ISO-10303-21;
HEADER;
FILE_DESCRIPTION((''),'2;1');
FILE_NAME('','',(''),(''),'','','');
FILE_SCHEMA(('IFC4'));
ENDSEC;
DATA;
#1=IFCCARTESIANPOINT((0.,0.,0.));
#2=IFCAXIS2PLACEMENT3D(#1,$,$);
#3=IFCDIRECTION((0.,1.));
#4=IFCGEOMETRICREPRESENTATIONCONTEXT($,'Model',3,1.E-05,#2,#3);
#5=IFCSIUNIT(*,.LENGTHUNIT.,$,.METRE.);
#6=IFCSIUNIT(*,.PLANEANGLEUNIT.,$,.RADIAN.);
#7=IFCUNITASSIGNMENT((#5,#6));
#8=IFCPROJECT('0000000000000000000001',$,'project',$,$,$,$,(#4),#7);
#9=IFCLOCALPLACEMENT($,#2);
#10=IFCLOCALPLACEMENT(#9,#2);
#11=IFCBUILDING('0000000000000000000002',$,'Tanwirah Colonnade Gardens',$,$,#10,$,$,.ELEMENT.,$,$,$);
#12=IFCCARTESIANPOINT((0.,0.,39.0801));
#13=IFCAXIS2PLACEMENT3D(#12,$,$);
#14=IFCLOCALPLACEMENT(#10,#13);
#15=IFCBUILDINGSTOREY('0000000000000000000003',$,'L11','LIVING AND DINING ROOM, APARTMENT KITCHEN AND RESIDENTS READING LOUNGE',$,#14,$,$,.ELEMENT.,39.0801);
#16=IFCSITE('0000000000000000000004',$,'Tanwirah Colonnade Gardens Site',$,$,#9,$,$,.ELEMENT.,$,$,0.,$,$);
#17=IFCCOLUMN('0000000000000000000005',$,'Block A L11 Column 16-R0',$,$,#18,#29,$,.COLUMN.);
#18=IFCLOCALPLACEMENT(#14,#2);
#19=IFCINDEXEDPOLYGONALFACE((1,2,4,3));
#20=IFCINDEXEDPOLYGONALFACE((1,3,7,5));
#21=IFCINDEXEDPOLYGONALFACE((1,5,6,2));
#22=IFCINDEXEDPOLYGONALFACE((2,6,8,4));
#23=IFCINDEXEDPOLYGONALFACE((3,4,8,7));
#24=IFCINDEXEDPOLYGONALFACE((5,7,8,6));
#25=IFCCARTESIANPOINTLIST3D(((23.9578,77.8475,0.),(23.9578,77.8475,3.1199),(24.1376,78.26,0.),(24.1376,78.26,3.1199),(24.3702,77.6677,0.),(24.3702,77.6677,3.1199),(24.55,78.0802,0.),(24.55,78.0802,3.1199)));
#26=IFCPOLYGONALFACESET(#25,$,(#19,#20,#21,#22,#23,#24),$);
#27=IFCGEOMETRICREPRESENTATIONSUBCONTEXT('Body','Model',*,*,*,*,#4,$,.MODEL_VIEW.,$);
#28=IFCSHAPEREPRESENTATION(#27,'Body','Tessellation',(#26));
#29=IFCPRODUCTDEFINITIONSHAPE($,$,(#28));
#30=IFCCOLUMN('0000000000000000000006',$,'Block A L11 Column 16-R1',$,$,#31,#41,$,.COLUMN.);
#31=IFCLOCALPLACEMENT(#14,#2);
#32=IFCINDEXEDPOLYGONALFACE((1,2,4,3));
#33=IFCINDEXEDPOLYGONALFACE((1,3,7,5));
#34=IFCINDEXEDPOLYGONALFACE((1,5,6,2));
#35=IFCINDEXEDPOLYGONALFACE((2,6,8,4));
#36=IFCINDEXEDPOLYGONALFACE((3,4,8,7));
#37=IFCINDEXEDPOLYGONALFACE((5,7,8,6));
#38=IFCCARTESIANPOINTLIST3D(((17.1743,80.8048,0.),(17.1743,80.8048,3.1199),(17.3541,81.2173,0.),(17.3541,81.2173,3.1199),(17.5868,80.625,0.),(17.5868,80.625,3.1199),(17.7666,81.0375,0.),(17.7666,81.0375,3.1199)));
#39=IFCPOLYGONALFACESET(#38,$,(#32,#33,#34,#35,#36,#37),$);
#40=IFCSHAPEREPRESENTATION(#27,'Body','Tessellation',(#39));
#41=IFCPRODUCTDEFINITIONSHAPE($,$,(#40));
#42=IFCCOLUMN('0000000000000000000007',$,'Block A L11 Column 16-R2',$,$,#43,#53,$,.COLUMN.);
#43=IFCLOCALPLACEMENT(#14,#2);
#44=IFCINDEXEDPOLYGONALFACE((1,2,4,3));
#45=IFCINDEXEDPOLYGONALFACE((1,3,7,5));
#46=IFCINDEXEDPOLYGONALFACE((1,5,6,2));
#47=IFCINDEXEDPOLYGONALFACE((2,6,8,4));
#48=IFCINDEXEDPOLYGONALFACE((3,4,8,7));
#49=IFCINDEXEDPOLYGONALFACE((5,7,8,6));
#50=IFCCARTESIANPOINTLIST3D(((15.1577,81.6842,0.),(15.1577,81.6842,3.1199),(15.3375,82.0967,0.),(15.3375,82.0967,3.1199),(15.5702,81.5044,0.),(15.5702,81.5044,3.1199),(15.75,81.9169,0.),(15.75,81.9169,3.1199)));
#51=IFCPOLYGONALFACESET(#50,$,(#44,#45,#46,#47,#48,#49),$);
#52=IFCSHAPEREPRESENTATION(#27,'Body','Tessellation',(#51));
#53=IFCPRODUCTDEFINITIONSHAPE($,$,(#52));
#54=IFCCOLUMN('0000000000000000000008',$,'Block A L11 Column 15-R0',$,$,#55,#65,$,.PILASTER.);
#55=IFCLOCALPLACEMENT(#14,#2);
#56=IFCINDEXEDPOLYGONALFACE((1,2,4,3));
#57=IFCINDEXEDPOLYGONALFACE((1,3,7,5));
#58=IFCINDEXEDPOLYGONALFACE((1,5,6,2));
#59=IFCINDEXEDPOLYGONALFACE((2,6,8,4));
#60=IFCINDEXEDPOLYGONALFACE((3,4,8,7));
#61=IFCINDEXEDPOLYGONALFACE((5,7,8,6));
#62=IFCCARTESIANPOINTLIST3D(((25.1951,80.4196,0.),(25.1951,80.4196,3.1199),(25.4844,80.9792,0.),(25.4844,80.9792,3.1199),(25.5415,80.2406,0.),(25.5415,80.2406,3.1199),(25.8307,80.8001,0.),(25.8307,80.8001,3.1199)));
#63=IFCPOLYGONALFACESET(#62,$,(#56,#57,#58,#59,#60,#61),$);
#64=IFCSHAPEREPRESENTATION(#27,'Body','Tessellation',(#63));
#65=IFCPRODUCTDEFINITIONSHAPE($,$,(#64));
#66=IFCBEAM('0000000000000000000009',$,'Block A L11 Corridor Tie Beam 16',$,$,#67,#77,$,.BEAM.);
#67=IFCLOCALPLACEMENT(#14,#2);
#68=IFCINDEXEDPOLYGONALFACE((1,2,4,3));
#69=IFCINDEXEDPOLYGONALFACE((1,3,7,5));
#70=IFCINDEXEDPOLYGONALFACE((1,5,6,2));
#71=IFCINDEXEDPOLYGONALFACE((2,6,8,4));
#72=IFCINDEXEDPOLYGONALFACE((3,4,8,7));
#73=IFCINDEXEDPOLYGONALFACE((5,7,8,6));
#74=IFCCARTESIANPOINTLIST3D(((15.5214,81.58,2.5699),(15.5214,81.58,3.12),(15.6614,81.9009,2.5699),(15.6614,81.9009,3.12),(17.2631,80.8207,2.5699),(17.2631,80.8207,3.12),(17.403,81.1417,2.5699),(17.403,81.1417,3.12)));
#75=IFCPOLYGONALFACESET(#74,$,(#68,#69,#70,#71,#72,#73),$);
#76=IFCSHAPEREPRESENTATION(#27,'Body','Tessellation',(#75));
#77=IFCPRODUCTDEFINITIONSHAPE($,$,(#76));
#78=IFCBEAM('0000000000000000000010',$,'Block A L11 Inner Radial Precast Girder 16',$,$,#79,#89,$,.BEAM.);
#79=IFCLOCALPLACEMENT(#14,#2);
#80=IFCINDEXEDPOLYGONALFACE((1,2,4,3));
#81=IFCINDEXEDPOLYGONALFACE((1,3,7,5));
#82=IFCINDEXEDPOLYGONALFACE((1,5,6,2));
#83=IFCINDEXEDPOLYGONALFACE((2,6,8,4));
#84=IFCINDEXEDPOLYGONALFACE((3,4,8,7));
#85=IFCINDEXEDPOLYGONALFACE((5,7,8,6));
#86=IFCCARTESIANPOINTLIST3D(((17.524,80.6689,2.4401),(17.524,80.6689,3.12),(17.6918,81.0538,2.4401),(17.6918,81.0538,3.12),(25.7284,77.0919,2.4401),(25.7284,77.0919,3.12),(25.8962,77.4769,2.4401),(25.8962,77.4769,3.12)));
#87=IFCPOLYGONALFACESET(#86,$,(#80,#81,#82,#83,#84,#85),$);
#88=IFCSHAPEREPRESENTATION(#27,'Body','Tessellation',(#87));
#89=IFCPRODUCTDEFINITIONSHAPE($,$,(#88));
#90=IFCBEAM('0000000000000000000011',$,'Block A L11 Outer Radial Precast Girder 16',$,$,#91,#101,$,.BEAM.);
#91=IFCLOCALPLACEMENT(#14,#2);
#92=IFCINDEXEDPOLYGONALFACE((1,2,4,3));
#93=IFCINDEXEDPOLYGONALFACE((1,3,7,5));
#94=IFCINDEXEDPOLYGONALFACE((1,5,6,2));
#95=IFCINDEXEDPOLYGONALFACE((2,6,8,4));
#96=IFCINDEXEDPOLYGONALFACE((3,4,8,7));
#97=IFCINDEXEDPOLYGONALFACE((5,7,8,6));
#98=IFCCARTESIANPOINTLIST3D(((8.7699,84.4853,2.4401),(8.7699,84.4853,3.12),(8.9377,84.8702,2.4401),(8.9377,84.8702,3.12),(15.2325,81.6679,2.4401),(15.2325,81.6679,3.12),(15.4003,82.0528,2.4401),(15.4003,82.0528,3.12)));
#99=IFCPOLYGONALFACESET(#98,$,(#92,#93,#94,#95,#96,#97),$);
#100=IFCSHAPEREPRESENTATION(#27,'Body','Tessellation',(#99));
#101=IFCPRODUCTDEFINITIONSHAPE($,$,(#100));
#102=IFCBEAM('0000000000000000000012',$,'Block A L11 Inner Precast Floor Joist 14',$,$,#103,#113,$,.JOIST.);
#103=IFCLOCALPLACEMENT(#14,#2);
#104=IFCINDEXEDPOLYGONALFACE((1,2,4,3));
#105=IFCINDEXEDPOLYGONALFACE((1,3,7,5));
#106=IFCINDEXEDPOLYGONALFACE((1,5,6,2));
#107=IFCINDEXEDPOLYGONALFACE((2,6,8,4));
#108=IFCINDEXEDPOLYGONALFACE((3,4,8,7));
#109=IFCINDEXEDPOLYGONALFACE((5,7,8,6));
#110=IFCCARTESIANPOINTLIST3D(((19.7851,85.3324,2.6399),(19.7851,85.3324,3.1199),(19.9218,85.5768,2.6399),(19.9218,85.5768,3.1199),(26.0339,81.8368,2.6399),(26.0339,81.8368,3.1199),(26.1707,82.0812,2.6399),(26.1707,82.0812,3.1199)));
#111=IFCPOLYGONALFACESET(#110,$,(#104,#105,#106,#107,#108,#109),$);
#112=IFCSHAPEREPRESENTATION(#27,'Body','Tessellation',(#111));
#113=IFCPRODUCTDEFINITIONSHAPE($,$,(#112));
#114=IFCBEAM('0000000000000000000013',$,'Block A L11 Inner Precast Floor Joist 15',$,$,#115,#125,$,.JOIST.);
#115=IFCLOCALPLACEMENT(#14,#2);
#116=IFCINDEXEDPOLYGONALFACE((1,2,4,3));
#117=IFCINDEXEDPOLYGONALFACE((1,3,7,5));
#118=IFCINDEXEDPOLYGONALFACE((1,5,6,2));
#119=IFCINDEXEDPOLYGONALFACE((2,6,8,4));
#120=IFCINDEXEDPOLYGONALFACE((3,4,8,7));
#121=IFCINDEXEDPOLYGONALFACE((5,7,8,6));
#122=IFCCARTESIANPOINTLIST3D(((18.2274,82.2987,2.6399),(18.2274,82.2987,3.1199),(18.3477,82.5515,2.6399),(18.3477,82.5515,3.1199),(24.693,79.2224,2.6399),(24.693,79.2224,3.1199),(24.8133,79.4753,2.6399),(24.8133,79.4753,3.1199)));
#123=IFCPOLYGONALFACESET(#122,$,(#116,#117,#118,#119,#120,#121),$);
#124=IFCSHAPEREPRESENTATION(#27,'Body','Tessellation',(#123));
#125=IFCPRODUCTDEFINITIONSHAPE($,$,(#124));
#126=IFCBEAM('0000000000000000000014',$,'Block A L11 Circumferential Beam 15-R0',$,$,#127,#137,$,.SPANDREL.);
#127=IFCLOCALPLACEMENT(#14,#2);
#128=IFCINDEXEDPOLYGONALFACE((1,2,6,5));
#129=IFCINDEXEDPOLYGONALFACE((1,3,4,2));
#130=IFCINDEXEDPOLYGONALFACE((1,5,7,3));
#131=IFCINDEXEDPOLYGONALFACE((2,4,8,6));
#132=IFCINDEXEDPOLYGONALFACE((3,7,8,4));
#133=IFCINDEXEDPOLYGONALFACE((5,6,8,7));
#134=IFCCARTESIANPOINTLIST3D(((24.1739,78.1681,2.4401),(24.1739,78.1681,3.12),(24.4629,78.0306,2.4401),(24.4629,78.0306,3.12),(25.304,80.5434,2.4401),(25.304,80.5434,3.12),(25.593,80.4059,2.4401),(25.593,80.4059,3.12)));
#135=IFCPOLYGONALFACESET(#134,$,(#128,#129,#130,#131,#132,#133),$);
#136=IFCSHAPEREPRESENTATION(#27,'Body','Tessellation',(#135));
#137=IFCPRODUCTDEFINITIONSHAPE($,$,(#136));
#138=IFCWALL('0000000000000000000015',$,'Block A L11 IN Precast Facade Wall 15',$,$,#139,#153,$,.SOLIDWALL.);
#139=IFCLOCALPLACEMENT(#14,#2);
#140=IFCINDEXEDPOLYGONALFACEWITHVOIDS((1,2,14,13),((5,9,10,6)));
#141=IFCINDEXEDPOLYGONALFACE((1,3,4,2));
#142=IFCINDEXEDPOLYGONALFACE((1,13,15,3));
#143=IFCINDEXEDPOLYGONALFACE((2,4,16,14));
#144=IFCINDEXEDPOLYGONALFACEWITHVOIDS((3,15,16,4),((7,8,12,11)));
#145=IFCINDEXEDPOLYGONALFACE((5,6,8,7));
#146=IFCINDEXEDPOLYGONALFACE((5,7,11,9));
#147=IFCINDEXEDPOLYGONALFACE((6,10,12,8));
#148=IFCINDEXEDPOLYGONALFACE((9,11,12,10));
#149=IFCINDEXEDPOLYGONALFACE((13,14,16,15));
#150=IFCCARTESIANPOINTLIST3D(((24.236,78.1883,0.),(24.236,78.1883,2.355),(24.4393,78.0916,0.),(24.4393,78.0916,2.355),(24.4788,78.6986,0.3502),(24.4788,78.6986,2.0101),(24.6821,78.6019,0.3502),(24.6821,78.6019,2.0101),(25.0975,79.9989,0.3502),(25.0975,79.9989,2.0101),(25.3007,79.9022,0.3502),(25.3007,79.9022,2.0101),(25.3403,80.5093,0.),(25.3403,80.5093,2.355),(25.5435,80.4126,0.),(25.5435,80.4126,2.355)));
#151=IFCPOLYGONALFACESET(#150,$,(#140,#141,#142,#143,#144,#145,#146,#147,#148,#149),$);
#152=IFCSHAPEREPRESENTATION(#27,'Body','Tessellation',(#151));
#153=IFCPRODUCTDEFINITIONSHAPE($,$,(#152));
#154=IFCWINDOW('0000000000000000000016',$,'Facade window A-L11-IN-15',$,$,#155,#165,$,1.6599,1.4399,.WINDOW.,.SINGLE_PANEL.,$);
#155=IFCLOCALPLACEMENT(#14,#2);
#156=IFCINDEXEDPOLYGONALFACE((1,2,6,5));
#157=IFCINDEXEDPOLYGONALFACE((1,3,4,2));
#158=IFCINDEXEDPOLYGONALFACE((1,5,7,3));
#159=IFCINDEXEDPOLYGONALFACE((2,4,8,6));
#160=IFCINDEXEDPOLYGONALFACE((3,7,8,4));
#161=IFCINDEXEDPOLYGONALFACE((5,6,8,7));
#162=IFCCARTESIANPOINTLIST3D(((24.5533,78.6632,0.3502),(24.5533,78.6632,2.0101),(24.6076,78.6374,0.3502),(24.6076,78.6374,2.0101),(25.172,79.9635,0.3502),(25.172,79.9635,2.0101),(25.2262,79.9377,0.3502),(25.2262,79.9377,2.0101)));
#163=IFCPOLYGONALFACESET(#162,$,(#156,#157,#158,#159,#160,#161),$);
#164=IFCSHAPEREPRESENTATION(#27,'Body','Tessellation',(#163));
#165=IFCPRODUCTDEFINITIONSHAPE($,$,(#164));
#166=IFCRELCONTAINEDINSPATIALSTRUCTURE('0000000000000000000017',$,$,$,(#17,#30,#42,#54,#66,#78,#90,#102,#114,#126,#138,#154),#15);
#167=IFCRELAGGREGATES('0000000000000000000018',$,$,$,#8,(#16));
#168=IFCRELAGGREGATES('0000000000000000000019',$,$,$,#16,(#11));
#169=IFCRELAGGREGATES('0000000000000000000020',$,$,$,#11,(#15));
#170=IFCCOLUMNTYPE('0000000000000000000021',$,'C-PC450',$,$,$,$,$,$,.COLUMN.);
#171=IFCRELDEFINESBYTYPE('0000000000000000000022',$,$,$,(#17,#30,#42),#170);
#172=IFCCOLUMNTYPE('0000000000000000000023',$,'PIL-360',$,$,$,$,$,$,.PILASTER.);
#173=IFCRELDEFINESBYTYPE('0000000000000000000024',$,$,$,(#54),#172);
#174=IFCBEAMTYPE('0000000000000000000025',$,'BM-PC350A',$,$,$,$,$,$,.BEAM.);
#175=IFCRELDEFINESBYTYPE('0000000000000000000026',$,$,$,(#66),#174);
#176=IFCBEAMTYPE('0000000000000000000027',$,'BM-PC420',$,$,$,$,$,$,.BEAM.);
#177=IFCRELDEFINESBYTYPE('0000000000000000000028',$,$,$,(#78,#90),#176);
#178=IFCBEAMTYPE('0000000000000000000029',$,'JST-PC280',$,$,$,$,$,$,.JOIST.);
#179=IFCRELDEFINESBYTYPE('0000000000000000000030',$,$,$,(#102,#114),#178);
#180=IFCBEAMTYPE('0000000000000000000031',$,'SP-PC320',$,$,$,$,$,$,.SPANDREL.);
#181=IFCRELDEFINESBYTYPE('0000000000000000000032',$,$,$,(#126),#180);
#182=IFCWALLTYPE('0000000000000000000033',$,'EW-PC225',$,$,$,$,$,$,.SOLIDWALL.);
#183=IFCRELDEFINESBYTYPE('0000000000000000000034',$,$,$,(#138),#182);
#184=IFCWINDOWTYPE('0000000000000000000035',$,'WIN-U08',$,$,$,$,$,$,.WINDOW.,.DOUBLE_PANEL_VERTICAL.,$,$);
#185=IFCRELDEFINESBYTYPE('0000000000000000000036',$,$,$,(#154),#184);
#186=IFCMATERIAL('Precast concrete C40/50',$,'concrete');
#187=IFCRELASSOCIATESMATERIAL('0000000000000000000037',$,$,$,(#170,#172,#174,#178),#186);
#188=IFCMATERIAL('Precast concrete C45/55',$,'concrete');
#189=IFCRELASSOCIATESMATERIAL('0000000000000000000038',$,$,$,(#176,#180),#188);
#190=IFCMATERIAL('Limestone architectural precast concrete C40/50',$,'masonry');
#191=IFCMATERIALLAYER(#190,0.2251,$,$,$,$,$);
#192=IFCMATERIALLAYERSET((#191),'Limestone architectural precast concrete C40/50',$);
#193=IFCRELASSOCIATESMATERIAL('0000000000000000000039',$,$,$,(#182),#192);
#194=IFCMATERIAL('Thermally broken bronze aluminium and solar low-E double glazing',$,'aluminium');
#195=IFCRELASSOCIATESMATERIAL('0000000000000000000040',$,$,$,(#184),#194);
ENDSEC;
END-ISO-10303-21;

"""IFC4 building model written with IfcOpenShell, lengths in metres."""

from ifc_helpers import new_model, si_unit, direction, frame, frame_2d, origin, origin_2d, place, context, subcontext, project, spatial, rectangle, extrude, material, layer, layer_set, material_profile, profile_set, type_object, element, fill, save


model = new_model("IFC4")

# Units and contexts
model_context = context("Model", 3, precision=1e-05, world=origin(), true_north=direction((0.0, 1.0)))
body_context = subcontext(model_context, "Body", "Model", "MODEL_VIEW")
ifc_project = project(units=[si_unit("LENGTHUNIT", "METRE"), si_unit("PLANEANGLEUNIT", "RADIAN")], contexts=[model_context])

# Site, building, storey
site_placement = place(None, origin())
site = spatial("IfcSite", under=ifc_project, at=site_placement, Name="Tanwirah Colonnade Gardens Site", CompositionType="ELEMENT", RefElevation=0.0)
building_placement = place(site_placement, origin())
building = spatial("IfcBuilding", under=site, at=building_placement, Name="Tanwirah Colonnade Gardens", CompositionType="ELEMENT")
storey_placement = place(building_placement, frame((0.0, 0.0, 39.0801)))
storey = spatial("IfcBuildingStorey", under=building, at=storey_placement, Name="L11", Description="LIVING AND DINING ROOM, APARTMENT KITCHEN AND RESIDENTS READING LOUNGE", CompositionType="ELEMENT", Elevation=39.0801)

# Columns
ifc_material_1 = material(Name="Precast concrete C40/50", Category="concrete")
ifc_material_profile_1 = material_profile(ifc_material_1, rectangle(XDim=0.45, YDim=0.45, at=origin_2d()), Name="PC-COL 450x450")
ifc_profile_set_1 = profile_set([ifc_material_profile_1], Name="Precast concrete C40/50")
column_type_1 = type_object("IfcColumnType", Name="C-PC450", PredefinedType="COLUMN", material=ifc_profile_set_1)
for number, where, z_axis, x_axis, name in (
    (1, (24.2539, 77.9639, 0.0), (0.0, 0.0, 1.0), (-0.916673, 0.399638, 0.0), "Block A L11 Column 16-R0"),
    (2, (17.4705, 80.9211, 0.0), (0.0, 0.0, 1.0), (-0.916673, 0.399638, 0.0), "Block A L11 Column 16-R1"),
    (3, (15.4539, 81.8005, 0.0), (0.0, 0.0, 1.0), (-0.916673, 0.399638, 0.0), "Block A L11 Column 16-R2"),
):
    element("IfcColumn", number, at=place(storey_placement, frame(where, z_axis=z_axis, x_axis=x_axis)), inside=storey, type_object=column_type_1, Name=name, PredefinedType="COLUMN", context=body_context, shape_type="SweptSolid", body=[
        extrude(rectangle(XDim=0.45, YDim=0.45, at=origin_2d()), origin(), (0.0, 0.0, 1.0), 3.1199),
    ])
ifc_material_profile_2 = material_profile(ifc_material_1, rectangle(XDim=0.3899, YDim=0.6299, at=origin_2d()), Name="PC-PIL 390x630")
ifc_profile_set_2 = profile_set([ifc_material_profile_2], Name="Precast concrete C40/50")
column_type_2 = type_object("IfcColumnType", Name="PIL-360", PredefinedType="PILASTER", material=ifc_profile_set_2)
column_placement = place(storey_placement, frame((25.5129, 80.6099, 0.0), z_axis=(0.0, 0.0, 1.0), x_axis=(-0.88835, 0.459166, 0.0)))
element("IfcColumn", 4, at=column_placement, inside=storey, type_object=column_type_2, Name="Block A L11 Column 15-R0", PredefinedType="PILASTER", context=body_context, shape_type="SweptSolid", body=[
    extrude(rectangle(XDim=0.3899, YDim=0.6299, at=origin_2d()), origin(), (0.0, 0.0, 1.0), 3.1199),
])

# Beams
ifc_material_profile_3 = material_profile(ifc_material_1, rectangle(XDim=0.3501, YDim=0.55, at=origin_2d()), Name="PC-BM 350x550")
ifc_profile_set_3 = profile_set([ifc_material_profile_3], Name="Precast concrete C40/50")
beam_type_1 = type_object("IfcBeamType", Name="BM-PC350A", PredefinedType="BEAM", material=ifc_profile_set_3)
beam_1_placement = place(storey_placement, frame((17.333, 80.9812, 2.845), z_axis=(-0.916681, 0.399619, 0.0), x_axis=(-0.399619, -0.916681, 0.0)))
element("IfcBeam", 5, at=beam_1_placement, inside=storey, type_object=beam_type_1, Name="Block A L11 Corridor Tie Beam 16", PredefinedType="BEAM", context=body_context, shape_type="SweptSolid", body=[
    extrude(rectangle(XDim=0.3501, YDim=0.55, at=origin_2d()), origin(), (0.0, 0.0, 1.0), 1.8999),
])
ifc_material_2 = material(Name="Precast concrete C45/55", Category="concrete")
ifc_material_profile_4 = material_profile(ifc_material_2, rectangle(XDim=0.4199, YDim=0.6799, at=origin_2d()), Name="PC-BM 420x680")
ifc_profile_set_4 = profile_set([ifc_material_profile_4], Name="Precast concrete C45/55")
beam_type_2 = type_object("IfcBeamType", Name="BM-PC420", PredefinedType="BEAM", material=ifc_profile_set_4)
beam_2_placement = place(storey_placement, frame((17.6079, 80.8613, 2.78), z_axis=(0.916669, -0.399647, 0.0), x_axis=(0.399647, 0.916669, 0.0)))
element("IfcBeam", 6, at=beam_2_placement, inside=storey, type_object=beam_type_2, Name="Block A L11 Inner Radial Precast Girder 16", PredefinedType="BEAM", context=body_context, shape_type="SweptSolid", body=[
    extrude(rectangle(XDim=0.4199, YDim=0.6799, at=origin_2d()), origin(), (0.0, 0.0, 1.0), 8.9502),
])
beam_3_placement = place(storey_placement, frame((15.3164, 81.8604, 2.78), z_axis=(-0.916679, 0.399625, 0.0), x_axis=(-0.399625, -0.916679, 0.0)))
element("IfcBeam", 7, at=beam_3_placement, inside=storey, type_object=beam_type_2, Name="Block A L11 Outer Radial Precast Girder 16", PredefinedType="BEAM", context=body_context, shape_type="SweptSolid", body=[
    extrude(rectangle(XDim=0.4199, YDim=0.6799, at=origin_2d()), origin(), (0.0, 0.0, 1.0), 7.05),
])
ifc_material_profile_5 = material_profile(ifc_material_1, rectangle(XDim=0.28, YDim=0.48, at=origin_2d()), Name="PC-JST 280x480")
ifc_profile_set_5 = profile_set([ifc_material_profile_5], Name="Precast concrete C40/50")
beam_type_3 = type_object("IfcBeamType", Name="JST-PC280", PredefinedType="JOIST", material=ifc_profile_set_5)
for number, where, z_axis, x_axis, name in (
    (8, (26.1023, 81.959, 2.8799), (-0.872727, 0.488209, 0.0), (-0.488209, -0.872727, 0.0), "Block A L11 Inner Precast Floor Joist 14"),
    (9, (24.7532, 79.3489, 2.8799), (-0.903005, 0.429629, 0.0), (-0.429629, -0.903005, 0.0), "Block A L11 Inner Precast Floor Joist 15"),
):
    element("IfcBeam", number, at=place(storey_placement, frame(where, z_axis=z_axis, x_axis=x_axis)), inside=storey, type_object=beam_type_3, Name=name, PredefinedType="JOIST", context=body_context, shape_type="SweptSolid", body=[
        extrude(rectangle(XDim=0.28, YDim=0.48, at=origin_2d()), origin(), (0.0, 0.0, 1.0), 7.1602),
    ])
ifc_material_profile_6 = material_profile(ifc_material_2, rectangle(XDim=0.3201, YDim=0.6799, at=origin_2d()), Name="PC-SP 320x680")
ifc_profile_set_6 = profile_set([ifc_material_profile_6], Name="Precast concrete C45/55")
beam_type_4 = type_object("IfcBeamType", Name="SP-PC320", PredefinedType="SPANDREL", material=ifc_profile_set_6)
beam_4_placement = place(storey_placement, frame((25.4485, 80.4746, 2.78), z_axis=(-0.429642, -0.902999, 0.0), x_axis=(0.902999, -0.429642, 0.0)))
element("IfcBeam", 10, at=beam_4_placement, inside=storey, type_object=beam_type_4, Name="Block A L11 Circumferential Beam 15-R0", PredefinedType="SPANDREL", context=body_context, shape_type="SweptSolid", body=[
    extrude(rectangle(XDim=0.3201, YDim=0.6799, at=origin_2d()), origin(), (0.0, 0.0, 1.0), 2.6304),
])

# Wall, opening, window
ifc_material_3 = material(Name="Limestone architectural precast concrete C40/50", Category="masonry")
ifc_layer_1 = layer(ifc_material_3, 0.2251)
ifc_layer_set_1 = layer_set([ifc_layer_1], Name="Limestone architectural precast concrete C40/50")
wall_type_1 = type_object("IfcWallType", Name="EW-PC225", PredefinedType="SOLIDWALL", material=ifc_layer_set_1)
wall_1_placement = place(storey_placement, frame((25.4419, 80.4609, 0.0), z_axis=(0.0, 0.0, 1.0), x_axis=(-0.429613, -0.903013, 0.0)))
wall_1 = element("IfcWall", 11, at=wall_1_placement, inside=storey, type_object=wall_type_1, Name="Block A L11 IN Precast Facade Wall 15", PredefinedType="SOLIDWALL", context=body_context, shape_type="SweptSolid", body=[
    extrude(rectangle(XDim=2.5703, YDim=0.2251, at=frame_2d((1.2852, 0.0))), origin(), (0.0, 0.0, 1.0), 2.355),
])
opening_1_placement = place(wall_1_placement, frame((0.5652, 0.0, 0.3501)))
opening_1 = element("IfcOpeningElement", 12, at=opening_1_placement, cuts=wall_1, PredefinedType="OPENING", context=body_context, shape_type="SweptSolid", body=[
    extrude(rectangle(XDim=1.4399, YDim=1.6599, at=frame_2d((0.72, 0.8301))), frame((0.0, 0.1226, 0.0), z_axis=(0.0, -1.0, 0.0), x_axis=(1.0, 0.0, 0.0)), (0.0, 0.0, 1.0), 0.2451),
])
ifc_material_4 = material(Name="Thermally broken bronze aluminium and solar low-E double glazing", Category="aluminium")
window_type_1 = type_object("IfcWindowType", Name="WIN-U08", PartitioningType="DOUBLE_PANEL_VERTICAL", PredefinedType="WINDOW", material=ifc_material_4)
window_1_placement = place(opening_1_placement, origin())
window_1 = element("IfcWindow", 13, at=window_1_placement, inside=storey, type_object=window_type_1, Name="Facade window A-L11-IN-15", OverallHeight=1.6599, OverallWidth=1.4399, PartitioningType="SINGLE_PANEL", PredefinedType="WINDOW", context=body_context, shape_type="SweptSolid", body=[
    extrude(rectangle(XDim=1.4399, YDim=1.6599, at=frame_2d((0.72, 0.8301))), frame((0.0, 0.03, 0.0), z_axis=(0.0, -1.0, 0.0), x_axis=(1.0, 0.0, 0.0)), (0.0, 0.0, 1.0), 0.0601),
])
fill(opening_1, window_1)

save(model, "model.ifc")
